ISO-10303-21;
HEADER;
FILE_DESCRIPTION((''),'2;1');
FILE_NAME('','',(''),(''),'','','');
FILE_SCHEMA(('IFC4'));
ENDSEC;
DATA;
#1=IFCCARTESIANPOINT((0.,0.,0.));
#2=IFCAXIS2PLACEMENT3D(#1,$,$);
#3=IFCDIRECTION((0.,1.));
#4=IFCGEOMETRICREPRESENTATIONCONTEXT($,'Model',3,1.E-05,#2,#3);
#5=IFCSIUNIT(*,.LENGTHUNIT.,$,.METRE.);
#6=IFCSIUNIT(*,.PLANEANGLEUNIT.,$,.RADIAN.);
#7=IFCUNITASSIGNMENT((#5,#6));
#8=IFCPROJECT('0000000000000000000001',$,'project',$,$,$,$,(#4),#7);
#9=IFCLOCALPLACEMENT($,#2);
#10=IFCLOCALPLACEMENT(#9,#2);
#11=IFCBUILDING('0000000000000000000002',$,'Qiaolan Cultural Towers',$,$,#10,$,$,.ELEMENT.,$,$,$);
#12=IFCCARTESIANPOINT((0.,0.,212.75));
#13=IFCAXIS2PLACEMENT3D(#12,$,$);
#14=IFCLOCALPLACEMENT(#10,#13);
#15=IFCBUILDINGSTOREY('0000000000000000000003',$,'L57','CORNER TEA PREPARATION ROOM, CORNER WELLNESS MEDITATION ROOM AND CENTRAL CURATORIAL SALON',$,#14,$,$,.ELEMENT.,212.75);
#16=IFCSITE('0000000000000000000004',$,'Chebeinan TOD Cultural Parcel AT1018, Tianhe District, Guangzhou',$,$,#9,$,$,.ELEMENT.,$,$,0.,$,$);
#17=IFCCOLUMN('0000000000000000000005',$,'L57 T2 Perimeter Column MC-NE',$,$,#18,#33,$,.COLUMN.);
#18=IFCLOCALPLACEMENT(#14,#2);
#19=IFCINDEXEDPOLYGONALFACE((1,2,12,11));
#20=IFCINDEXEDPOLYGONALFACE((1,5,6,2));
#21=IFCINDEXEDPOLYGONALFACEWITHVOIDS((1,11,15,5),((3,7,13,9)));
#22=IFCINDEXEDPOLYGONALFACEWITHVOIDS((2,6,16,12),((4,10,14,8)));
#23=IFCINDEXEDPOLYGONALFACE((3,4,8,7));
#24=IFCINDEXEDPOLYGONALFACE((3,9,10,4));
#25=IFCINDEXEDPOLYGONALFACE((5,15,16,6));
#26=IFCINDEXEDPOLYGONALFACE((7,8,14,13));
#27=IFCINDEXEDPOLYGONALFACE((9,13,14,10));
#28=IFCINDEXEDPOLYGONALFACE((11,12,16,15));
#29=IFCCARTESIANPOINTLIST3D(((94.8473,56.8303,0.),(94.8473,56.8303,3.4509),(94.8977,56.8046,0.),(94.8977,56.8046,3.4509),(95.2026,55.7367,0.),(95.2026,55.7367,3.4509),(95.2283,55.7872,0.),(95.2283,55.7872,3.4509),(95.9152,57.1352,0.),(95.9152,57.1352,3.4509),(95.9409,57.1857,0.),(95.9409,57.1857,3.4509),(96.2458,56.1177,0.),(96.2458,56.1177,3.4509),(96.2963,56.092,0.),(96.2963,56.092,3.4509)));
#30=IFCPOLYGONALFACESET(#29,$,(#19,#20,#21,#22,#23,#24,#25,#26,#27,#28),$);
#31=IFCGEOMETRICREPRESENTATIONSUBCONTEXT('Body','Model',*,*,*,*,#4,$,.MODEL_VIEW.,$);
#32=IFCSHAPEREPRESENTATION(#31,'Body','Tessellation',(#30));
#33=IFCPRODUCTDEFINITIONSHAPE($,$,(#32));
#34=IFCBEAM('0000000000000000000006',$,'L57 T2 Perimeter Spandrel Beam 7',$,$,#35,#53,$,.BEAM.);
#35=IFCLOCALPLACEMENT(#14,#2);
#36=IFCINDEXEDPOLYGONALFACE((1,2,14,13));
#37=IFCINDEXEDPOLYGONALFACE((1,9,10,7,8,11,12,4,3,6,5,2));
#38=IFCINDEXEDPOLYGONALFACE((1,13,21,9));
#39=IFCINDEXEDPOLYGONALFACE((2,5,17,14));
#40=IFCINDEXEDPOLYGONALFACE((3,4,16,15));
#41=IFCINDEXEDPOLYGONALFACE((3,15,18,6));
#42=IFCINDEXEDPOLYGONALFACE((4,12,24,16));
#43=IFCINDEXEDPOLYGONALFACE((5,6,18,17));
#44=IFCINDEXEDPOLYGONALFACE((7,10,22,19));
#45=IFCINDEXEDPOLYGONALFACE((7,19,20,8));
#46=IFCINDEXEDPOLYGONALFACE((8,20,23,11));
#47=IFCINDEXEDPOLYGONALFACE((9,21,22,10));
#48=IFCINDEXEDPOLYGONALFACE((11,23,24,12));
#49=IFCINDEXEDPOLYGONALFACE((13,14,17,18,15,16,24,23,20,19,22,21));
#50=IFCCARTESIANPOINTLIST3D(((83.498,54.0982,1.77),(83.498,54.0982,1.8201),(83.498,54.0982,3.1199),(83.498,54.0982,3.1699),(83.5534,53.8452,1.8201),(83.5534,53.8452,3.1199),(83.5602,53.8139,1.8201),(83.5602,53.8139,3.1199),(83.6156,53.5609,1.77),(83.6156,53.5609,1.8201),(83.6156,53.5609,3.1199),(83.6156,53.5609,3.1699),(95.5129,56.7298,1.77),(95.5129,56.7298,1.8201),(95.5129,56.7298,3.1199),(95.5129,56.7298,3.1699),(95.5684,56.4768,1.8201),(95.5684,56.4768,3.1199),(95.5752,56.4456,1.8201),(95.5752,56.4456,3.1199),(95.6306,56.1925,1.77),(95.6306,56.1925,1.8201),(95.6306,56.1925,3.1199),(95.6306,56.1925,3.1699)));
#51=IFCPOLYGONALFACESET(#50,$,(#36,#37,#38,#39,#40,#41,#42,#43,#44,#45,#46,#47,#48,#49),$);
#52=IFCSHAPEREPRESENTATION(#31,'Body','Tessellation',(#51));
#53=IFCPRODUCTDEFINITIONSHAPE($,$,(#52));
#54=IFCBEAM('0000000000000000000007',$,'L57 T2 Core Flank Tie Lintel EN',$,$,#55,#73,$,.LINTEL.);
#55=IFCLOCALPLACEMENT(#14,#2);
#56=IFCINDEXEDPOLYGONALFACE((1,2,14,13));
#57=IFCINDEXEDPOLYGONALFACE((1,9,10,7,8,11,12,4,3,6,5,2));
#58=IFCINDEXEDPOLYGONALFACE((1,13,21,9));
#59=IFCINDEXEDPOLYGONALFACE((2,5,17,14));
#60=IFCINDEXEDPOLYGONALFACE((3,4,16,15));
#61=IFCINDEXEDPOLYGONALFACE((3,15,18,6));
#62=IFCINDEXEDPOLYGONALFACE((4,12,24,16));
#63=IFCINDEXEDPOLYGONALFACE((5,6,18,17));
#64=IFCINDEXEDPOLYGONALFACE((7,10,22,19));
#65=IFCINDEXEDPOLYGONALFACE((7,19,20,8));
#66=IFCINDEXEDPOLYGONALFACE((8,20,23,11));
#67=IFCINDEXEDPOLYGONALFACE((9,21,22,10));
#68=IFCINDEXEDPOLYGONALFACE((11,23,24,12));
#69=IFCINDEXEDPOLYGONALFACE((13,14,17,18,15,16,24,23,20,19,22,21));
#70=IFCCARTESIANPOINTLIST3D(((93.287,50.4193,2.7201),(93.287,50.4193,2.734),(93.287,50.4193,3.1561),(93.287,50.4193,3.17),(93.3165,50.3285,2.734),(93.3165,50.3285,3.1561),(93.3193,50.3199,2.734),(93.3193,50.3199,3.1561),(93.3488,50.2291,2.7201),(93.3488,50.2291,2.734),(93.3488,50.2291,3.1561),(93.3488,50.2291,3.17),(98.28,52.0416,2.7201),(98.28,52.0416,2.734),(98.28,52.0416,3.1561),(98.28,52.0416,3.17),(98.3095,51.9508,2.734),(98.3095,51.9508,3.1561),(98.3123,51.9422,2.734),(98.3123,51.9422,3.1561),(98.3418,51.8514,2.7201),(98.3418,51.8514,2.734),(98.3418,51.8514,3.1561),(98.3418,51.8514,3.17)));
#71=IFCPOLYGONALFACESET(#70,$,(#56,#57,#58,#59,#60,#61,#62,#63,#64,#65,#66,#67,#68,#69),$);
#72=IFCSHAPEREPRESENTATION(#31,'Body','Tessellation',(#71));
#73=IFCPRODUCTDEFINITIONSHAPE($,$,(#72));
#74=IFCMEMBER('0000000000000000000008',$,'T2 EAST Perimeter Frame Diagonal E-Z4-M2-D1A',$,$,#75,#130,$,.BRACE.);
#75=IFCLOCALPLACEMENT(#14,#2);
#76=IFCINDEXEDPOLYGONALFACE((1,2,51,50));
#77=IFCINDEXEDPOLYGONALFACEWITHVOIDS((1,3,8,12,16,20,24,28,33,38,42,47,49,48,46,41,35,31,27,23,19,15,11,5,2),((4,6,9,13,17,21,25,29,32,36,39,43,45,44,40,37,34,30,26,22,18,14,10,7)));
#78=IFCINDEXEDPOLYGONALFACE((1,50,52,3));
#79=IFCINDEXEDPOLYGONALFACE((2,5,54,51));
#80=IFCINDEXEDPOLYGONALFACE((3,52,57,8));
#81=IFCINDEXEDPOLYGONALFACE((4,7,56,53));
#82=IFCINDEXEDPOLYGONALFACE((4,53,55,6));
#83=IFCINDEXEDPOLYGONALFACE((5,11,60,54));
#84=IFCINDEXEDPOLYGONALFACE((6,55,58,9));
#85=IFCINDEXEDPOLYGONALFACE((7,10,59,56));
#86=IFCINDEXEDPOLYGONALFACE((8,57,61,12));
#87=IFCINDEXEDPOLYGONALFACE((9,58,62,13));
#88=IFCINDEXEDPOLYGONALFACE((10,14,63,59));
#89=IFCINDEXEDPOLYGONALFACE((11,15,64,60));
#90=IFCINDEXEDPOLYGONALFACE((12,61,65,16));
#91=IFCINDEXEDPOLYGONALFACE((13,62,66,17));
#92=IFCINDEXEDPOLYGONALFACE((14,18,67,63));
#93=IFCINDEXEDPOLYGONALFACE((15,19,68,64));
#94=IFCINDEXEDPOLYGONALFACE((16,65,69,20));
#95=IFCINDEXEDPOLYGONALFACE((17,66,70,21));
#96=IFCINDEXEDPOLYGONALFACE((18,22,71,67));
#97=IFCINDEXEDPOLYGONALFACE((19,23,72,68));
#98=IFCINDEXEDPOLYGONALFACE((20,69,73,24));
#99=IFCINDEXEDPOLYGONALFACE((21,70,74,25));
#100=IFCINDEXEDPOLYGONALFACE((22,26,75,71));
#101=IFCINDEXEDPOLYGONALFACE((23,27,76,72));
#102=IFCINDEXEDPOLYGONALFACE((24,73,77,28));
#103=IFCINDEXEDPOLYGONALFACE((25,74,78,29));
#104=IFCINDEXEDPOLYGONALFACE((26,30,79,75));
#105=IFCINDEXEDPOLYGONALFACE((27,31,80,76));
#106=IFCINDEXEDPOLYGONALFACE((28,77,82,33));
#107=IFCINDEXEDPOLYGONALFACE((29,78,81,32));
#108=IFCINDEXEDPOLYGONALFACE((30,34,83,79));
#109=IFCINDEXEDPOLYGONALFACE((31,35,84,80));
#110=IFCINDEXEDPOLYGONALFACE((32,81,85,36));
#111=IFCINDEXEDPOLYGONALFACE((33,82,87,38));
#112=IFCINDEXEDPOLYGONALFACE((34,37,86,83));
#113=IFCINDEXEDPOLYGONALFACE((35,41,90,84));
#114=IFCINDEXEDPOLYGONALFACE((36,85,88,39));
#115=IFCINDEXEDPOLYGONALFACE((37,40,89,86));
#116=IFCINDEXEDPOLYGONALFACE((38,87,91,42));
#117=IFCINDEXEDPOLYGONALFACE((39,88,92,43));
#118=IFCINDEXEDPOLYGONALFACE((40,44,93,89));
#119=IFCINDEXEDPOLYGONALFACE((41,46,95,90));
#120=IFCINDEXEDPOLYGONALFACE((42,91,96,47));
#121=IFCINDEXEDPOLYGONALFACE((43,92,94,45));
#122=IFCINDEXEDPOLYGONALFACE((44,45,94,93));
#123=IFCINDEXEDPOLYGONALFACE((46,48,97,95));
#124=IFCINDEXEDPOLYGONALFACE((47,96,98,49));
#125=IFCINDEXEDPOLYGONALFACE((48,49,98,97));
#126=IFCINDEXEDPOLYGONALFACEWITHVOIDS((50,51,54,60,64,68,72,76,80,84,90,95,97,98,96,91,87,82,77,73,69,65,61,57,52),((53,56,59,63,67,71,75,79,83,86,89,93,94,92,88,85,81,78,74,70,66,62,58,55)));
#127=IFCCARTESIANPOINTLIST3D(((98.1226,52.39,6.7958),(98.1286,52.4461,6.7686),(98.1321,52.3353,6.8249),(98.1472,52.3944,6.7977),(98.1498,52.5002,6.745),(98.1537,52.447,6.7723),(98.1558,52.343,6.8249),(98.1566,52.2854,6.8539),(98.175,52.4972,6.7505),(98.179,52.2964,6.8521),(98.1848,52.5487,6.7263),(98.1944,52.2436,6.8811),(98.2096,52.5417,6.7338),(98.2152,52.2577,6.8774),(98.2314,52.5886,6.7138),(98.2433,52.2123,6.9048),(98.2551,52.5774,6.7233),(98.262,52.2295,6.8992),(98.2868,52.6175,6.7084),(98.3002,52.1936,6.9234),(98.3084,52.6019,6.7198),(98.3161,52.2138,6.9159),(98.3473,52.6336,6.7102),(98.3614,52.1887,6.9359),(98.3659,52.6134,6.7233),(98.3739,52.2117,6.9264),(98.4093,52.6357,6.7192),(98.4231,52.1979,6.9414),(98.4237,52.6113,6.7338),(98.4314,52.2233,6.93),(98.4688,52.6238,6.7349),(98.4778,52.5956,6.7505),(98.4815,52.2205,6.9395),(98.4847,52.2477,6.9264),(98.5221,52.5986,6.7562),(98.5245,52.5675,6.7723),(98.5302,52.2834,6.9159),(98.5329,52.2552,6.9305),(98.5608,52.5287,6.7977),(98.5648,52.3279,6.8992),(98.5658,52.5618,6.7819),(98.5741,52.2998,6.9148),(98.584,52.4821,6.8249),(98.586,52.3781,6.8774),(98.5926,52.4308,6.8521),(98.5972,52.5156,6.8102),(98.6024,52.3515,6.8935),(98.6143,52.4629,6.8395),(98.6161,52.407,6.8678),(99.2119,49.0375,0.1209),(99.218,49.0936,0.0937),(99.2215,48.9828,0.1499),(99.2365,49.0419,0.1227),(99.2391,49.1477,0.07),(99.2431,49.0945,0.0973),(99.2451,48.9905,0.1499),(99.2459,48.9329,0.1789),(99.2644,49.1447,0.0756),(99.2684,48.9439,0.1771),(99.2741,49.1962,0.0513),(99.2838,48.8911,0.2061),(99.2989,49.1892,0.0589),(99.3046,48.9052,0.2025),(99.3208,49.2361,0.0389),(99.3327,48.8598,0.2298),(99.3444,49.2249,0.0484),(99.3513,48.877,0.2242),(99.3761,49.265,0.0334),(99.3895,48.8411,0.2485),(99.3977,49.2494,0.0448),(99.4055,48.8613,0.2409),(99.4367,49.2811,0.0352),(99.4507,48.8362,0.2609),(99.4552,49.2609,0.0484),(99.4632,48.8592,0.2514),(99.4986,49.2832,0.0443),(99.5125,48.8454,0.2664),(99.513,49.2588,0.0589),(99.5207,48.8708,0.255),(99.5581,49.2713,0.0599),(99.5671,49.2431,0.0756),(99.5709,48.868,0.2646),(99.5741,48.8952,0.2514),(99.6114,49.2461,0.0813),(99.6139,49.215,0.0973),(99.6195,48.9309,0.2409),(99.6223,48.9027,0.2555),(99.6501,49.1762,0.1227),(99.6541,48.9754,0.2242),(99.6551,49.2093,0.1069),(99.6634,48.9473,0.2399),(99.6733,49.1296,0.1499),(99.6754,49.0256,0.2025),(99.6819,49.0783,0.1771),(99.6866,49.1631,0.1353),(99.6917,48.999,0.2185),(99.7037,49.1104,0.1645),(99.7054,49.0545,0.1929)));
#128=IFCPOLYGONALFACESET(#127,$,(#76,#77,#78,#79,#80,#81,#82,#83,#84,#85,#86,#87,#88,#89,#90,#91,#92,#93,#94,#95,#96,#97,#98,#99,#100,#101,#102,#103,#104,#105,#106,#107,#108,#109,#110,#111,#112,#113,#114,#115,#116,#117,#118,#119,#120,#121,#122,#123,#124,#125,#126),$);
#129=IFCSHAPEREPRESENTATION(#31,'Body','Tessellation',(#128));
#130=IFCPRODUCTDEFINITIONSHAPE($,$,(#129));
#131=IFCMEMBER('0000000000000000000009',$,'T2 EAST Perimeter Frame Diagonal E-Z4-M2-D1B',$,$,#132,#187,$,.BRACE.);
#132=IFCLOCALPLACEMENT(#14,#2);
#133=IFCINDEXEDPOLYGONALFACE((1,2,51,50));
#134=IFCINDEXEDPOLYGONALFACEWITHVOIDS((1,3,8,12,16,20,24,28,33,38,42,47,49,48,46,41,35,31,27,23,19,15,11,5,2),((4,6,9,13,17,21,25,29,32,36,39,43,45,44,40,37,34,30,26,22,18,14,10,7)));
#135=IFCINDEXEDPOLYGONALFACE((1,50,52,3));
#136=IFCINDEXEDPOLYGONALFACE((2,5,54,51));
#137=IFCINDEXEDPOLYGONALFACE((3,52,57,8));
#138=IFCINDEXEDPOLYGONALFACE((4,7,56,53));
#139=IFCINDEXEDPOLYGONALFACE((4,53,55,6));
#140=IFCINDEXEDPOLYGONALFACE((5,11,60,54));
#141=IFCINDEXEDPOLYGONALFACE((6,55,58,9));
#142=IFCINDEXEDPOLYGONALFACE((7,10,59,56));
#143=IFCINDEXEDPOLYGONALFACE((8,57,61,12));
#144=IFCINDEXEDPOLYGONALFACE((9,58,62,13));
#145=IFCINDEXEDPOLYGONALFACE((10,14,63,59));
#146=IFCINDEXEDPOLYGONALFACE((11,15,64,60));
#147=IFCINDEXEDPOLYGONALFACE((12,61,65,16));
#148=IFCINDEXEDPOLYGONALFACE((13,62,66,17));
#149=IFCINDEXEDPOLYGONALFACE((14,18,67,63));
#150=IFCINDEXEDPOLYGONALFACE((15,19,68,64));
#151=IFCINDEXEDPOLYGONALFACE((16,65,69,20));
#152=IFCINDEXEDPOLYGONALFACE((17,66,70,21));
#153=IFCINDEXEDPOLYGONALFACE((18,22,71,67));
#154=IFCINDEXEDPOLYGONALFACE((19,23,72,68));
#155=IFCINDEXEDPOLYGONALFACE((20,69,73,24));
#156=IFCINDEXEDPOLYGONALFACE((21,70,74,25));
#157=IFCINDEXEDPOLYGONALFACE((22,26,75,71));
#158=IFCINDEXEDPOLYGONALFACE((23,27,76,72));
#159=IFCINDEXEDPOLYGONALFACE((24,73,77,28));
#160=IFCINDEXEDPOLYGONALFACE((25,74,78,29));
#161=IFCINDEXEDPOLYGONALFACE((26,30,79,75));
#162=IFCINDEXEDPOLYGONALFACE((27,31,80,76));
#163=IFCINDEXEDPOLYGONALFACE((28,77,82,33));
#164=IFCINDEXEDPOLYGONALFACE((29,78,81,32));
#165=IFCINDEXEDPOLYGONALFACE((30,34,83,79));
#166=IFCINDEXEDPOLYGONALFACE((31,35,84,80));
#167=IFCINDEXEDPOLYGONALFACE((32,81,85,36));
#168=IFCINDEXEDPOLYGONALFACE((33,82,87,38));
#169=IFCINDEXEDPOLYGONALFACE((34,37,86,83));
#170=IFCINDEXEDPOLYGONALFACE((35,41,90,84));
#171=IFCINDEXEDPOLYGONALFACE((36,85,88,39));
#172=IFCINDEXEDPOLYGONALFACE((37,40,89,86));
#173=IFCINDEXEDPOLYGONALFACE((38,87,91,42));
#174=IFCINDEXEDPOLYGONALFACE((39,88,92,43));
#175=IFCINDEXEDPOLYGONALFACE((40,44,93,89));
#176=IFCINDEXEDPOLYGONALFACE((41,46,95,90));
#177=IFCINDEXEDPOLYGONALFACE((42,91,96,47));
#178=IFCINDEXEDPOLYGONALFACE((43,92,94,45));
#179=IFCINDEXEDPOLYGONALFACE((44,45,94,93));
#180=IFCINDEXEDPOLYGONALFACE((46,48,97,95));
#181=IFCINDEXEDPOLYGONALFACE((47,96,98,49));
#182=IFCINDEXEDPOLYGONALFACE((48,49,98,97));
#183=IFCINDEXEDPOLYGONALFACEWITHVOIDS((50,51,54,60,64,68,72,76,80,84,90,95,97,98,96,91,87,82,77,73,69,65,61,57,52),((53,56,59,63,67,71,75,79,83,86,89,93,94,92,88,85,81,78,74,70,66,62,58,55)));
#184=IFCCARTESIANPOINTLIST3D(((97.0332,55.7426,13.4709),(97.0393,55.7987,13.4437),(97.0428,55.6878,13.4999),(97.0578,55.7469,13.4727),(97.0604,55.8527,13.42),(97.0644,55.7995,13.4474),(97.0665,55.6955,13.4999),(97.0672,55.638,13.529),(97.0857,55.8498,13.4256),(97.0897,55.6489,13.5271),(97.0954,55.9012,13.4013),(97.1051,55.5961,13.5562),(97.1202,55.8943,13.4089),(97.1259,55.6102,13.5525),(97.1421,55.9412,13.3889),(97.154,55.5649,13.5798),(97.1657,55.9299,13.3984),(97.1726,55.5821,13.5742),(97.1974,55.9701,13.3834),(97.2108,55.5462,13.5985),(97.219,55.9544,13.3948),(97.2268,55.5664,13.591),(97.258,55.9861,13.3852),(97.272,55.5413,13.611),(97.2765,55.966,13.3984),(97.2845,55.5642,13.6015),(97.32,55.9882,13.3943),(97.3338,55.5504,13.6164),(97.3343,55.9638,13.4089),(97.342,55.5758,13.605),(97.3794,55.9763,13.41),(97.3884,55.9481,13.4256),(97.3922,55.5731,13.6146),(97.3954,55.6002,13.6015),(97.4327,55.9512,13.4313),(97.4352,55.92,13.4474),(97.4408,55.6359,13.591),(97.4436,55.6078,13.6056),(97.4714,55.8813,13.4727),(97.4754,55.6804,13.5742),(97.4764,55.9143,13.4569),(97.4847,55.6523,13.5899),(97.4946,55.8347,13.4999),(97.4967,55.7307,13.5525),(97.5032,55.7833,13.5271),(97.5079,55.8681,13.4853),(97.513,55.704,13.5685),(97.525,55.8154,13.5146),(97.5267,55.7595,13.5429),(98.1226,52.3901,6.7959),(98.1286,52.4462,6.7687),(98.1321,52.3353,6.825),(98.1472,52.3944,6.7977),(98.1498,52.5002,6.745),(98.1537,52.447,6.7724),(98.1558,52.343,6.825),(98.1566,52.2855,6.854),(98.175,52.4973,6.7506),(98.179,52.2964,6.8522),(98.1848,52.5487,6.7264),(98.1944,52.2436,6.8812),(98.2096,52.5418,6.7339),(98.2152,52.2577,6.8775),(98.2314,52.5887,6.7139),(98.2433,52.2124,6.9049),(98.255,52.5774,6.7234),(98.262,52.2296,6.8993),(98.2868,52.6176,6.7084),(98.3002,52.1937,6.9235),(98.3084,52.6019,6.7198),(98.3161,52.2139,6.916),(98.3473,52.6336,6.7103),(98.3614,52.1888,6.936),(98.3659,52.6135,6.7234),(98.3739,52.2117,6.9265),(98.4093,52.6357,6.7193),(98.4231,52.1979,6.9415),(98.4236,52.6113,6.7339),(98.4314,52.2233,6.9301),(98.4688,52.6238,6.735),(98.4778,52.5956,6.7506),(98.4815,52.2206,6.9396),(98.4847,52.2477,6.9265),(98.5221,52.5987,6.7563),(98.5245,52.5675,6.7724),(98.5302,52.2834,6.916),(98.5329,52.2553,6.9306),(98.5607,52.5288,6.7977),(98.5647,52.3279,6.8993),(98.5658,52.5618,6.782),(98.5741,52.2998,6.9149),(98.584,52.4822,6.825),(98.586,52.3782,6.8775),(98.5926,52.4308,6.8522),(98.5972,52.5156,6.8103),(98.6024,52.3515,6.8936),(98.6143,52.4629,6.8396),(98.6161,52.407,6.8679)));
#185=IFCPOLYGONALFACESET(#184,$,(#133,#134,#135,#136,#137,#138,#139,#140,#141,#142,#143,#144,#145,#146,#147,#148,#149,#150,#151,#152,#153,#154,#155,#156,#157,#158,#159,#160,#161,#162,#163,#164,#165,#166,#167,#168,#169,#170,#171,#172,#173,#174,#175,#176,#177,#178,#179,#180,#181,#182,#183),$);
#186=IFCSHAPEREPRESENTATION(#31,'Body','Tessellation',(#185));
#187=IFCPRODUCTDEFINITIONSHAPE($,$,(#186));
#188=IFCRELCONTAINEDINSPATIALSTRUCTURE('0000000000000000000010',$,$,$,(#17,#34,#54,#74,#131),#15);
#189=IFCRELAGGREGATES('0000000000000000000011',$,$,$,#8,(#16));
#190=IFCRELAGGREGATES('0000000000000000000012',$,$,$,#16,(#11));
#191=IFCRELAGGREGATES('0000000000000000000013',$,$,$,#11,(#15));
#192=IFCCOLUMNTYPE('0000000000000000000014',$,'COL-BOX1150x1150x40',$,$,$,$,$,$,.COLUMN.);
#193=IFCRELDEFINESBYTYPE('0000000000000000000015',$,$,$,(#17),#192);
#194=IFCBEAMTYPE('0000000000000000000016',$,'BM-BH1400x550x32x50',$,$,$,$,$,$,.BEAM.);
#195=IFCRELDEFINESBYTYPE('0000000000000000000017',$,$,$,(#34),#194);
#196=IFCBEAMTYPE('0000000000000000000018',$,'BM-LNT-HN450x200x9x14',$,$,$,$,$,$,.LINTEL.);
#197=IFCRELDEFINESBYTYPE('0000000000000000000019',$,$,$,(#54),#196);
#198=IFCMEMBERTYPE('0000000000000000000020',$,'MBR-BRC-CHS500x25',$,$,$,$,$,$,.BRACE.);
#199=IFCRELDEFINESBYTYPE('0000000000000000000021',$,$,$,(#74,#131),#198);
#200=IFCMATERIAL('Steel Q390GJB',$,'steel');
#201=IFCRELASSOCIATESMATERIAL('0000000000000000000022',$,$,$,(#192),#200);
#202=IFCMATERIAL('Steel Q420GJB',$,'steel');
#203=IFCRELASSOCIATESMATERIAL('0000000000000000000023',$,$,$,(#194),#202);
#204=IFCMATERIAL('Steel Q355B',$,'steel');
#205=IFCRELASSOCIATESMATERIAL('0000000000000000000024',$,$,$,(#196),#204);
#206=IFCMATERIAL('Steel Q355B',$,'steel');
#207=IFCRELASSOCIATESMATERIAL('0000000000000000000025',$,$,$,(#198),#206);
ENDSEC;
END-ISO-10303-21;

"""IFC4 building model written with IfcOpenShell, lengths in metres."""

from ifc_helpers import new_model, si_unit, direction, frame, origin, origin_2d, place, context, subcontext, project, spatial, hollow_rectangle, hollow_circle, i_section, extrude, material, material_profile, profile_set, type_object, element, save


model = new_model("IFC4")

# Units and contexts
model_context = context("Model", 3, precision=1e-05, world=origin(), true_north=direction((0.0, 1.0)))
body_context = subcontext(model_context, "Body", "Model", "MODEL_VIEW")
ifc_project = project(units=[si_unit("LENGTHUNIT", "METRE"), si_unit("PLANEANGLEUNIT", "RADIAN")], contexts=[model_context])

# Site, building, storey
site_placement = place(None, origin())
site = spatial("IfcSite", under=ifc_project, at=site_placement, Name="Chebeinan TOD Cultural Parcel AT1018, Tianhe District, Guangzhou", CompositionType="ELEMENT", RefElevation=0.0)
building_placement = place(site_placement, origin())
building = spatial("IfcBuilding", under=site, at=building_placement, Name="Qiaolan Cultural Towers", CompositionType="ELEMENT")
storey_placement = place(building_placement, frame((0.0, 0.0, 212.75)))
storey = spatial("IfcBuildingStorey", under=building, at=storey_placement, Name="L57", Description="CORNER TEA PREPARATION ROOM, CORNER WELLNESS MEDITATION ROOM AND CENTRAL CURATORIAL SALON", CompositionType="ELEMENT", Elevation=212.75)

# Column
ifc_material_1 = material(Name="Steel Q390GJB", Category="steel")
ifc_material_profile_1 = material_profile(ifc_material_1, hollow_rectangle(XDim=1.1499, YDim=1.1499, WallThickness=0.04, at=origin_2d()), Name="BOX1150x1150x40")
ifc_profile_set_1 = profile_set([ifc_material_profile_1], Name="Steel Q390GJB")
column_type = type_object("IfcColumnType", Name="COL-BOX1150x1150x40", PredefinedType="COLUMN", material=ifc_profile_set_1)
column_placement = place(storey_placement, frame((95.5718, 56.4612, 0.0), z_axis=(0.0, 0.0, 1.0), x_axis=(0.951057, 0.309017, 0.0)))
element("IfcColumn", 1, at=column_placement, inside=storey, type_object=column_type, Name="L57 T2 Perimeter Column MC-NE", PredefinedType="COLUMN", context=body_context, shape_type="SweptSolid", body=[
    extrude(hollow_rectangle(XDim=1.1499, YDim=1.1499, WallThickness=0.04, at=origin_2d()), origin(), (0.0, 0.0, 1.0), 3.4509),
])

# Beams
ifc_material_2 = material(Name="Steel Q420GJB", Category="steel")
ifc_material_profile_2 = material_profile(ifc_material_2, i_section(OverallWidth=0.55, OverallDepth=1.3999, WebThickness=0.032, FlangeThickness=0.05, at=origin_2d()), Name="BH1400x550x32x50")
ifc_profile_set_2 = profile_set([ifc_material_profile_2], Name="Steel Q420GJB")
beam_type_1 = type_object("IfcBeamType", Name="BM-BH1400x550x32x50", PredefinedType="BEAM", material=ifc_profile_set_2)
beam_1_placement = place(storey_placement, frame((95.5718, 56.4612, 2.47), z_axis=(-0.976843, -0.213956, 0.0), x_axis=(0.213956, -0.976843, 0.0)))
element("IfcBeam", 2, at=beam_1_placement, inside=storey, type_object=beam_type_1, Name="L57 T2 Perimeter Spandrel Beam 7", PredefinedType="BEAM", context=body_context, shape_type="SweptSolid", body=[
    extrude(i_section(OverallWidth=0.55, OverallDepth=1.3999, WebThickness=0.032, FlangeThickness=0.05, at=origin_2d()), origin(), (0.0, 0.0, 1.0), 12.2998),
])
ifc_material_3 = material(Name="Steel Q355B", Category="steel")
ifc_material_profile_3 = material_profile(ifc_material_3, i_section(OverallWidth=0.2, OverallDepth=0.45, WebThickness=0.009, FlangeThickness=0.0139, at=origin_2d()), Name="HN450x200x9x14")
ifc_profile_set_3 = profile_set([ifc_material_profile_3], Name="Steel Q355B")
beam_type_2 = type_object("IfcBeamType", Name="BM-LNT-HN450x200x9x14", PredefinedType="LINTEL", material=ifc_profile_set_3)
beam_2_placement = place(storey_placement, frame((93.3179, 50.3242, 2.9451), z_axis=(0.95106, 0.309006, 0.0), x_axis=(-0.309006, 0.95106, 0.0)))
element("IfcBeam", 3, at=beam_2_placement, inside=storey, type_object=beam_type_2, Name="L57 T2 Core Flank Tie Lintel EN", PredefinedType="LINTEL", context=body_context, shape_type="SweptSolid", body=[
    extrude(i_section(OverallWidth=0.2, OverallDepth=0.45, WebThickness=0.009, FlangeThickness=0.0139, at=origin_2d()), origin(), (0.0, 0.0, 1.0), 5.25),
])

# Members
ifc_material_4 = material(Name="Steel Q355B", Category="steel")
ifc_material_profile_4 = material_profile(ifc_material_4, hollow_circle(Radius=0.25, WallThickness=0.0249, at=origin_2d()), Name="CHS500x25")
ifc_profile_set_4 = profile_set([ifc_material_profile_4], Name="Steel Q355B")
member_type = type_object("IfcMemberType", Name="MBR-BRC-CHS500x25", PredefinedType="BRACE", material=ifc_profile_set_4)
for number, where, z_axis, x_axis, name in (
    (4, (99.4592, 49.0601, 0.1499), (-0.144311, 0.444123, 0.884268), (-0.951052, -0.30903, 0.0), "T2 EAST Perimeter Frame Diagonal E-Z4-M2-D1A"),
    (5, (98.3699, 52.4126, 6.825), (-0.144311, 0.444123, 0.884268), (-0.951052, -0.30903, 0.0), "T2 EAST Perimeter Frame Diagonal E-Z4-M2-D1B"),
):
    element("IfcMember", number, at=place(storey_placement, frame(where, z_axis=z_axis, x_axis=x_axis)), inside=storey, type_object=member_type, Name=name, PredefinedType="BRACE", context=body_context, shape_type="SweptSolid", body=[
        extrude(hollow_circle(Radius=0.25, WallThickness=0.0249, at=origin_2d()), origin(), (0.0, 0.0, 1.0), 7.5486),
    ])

save(model, "model.ifc")
